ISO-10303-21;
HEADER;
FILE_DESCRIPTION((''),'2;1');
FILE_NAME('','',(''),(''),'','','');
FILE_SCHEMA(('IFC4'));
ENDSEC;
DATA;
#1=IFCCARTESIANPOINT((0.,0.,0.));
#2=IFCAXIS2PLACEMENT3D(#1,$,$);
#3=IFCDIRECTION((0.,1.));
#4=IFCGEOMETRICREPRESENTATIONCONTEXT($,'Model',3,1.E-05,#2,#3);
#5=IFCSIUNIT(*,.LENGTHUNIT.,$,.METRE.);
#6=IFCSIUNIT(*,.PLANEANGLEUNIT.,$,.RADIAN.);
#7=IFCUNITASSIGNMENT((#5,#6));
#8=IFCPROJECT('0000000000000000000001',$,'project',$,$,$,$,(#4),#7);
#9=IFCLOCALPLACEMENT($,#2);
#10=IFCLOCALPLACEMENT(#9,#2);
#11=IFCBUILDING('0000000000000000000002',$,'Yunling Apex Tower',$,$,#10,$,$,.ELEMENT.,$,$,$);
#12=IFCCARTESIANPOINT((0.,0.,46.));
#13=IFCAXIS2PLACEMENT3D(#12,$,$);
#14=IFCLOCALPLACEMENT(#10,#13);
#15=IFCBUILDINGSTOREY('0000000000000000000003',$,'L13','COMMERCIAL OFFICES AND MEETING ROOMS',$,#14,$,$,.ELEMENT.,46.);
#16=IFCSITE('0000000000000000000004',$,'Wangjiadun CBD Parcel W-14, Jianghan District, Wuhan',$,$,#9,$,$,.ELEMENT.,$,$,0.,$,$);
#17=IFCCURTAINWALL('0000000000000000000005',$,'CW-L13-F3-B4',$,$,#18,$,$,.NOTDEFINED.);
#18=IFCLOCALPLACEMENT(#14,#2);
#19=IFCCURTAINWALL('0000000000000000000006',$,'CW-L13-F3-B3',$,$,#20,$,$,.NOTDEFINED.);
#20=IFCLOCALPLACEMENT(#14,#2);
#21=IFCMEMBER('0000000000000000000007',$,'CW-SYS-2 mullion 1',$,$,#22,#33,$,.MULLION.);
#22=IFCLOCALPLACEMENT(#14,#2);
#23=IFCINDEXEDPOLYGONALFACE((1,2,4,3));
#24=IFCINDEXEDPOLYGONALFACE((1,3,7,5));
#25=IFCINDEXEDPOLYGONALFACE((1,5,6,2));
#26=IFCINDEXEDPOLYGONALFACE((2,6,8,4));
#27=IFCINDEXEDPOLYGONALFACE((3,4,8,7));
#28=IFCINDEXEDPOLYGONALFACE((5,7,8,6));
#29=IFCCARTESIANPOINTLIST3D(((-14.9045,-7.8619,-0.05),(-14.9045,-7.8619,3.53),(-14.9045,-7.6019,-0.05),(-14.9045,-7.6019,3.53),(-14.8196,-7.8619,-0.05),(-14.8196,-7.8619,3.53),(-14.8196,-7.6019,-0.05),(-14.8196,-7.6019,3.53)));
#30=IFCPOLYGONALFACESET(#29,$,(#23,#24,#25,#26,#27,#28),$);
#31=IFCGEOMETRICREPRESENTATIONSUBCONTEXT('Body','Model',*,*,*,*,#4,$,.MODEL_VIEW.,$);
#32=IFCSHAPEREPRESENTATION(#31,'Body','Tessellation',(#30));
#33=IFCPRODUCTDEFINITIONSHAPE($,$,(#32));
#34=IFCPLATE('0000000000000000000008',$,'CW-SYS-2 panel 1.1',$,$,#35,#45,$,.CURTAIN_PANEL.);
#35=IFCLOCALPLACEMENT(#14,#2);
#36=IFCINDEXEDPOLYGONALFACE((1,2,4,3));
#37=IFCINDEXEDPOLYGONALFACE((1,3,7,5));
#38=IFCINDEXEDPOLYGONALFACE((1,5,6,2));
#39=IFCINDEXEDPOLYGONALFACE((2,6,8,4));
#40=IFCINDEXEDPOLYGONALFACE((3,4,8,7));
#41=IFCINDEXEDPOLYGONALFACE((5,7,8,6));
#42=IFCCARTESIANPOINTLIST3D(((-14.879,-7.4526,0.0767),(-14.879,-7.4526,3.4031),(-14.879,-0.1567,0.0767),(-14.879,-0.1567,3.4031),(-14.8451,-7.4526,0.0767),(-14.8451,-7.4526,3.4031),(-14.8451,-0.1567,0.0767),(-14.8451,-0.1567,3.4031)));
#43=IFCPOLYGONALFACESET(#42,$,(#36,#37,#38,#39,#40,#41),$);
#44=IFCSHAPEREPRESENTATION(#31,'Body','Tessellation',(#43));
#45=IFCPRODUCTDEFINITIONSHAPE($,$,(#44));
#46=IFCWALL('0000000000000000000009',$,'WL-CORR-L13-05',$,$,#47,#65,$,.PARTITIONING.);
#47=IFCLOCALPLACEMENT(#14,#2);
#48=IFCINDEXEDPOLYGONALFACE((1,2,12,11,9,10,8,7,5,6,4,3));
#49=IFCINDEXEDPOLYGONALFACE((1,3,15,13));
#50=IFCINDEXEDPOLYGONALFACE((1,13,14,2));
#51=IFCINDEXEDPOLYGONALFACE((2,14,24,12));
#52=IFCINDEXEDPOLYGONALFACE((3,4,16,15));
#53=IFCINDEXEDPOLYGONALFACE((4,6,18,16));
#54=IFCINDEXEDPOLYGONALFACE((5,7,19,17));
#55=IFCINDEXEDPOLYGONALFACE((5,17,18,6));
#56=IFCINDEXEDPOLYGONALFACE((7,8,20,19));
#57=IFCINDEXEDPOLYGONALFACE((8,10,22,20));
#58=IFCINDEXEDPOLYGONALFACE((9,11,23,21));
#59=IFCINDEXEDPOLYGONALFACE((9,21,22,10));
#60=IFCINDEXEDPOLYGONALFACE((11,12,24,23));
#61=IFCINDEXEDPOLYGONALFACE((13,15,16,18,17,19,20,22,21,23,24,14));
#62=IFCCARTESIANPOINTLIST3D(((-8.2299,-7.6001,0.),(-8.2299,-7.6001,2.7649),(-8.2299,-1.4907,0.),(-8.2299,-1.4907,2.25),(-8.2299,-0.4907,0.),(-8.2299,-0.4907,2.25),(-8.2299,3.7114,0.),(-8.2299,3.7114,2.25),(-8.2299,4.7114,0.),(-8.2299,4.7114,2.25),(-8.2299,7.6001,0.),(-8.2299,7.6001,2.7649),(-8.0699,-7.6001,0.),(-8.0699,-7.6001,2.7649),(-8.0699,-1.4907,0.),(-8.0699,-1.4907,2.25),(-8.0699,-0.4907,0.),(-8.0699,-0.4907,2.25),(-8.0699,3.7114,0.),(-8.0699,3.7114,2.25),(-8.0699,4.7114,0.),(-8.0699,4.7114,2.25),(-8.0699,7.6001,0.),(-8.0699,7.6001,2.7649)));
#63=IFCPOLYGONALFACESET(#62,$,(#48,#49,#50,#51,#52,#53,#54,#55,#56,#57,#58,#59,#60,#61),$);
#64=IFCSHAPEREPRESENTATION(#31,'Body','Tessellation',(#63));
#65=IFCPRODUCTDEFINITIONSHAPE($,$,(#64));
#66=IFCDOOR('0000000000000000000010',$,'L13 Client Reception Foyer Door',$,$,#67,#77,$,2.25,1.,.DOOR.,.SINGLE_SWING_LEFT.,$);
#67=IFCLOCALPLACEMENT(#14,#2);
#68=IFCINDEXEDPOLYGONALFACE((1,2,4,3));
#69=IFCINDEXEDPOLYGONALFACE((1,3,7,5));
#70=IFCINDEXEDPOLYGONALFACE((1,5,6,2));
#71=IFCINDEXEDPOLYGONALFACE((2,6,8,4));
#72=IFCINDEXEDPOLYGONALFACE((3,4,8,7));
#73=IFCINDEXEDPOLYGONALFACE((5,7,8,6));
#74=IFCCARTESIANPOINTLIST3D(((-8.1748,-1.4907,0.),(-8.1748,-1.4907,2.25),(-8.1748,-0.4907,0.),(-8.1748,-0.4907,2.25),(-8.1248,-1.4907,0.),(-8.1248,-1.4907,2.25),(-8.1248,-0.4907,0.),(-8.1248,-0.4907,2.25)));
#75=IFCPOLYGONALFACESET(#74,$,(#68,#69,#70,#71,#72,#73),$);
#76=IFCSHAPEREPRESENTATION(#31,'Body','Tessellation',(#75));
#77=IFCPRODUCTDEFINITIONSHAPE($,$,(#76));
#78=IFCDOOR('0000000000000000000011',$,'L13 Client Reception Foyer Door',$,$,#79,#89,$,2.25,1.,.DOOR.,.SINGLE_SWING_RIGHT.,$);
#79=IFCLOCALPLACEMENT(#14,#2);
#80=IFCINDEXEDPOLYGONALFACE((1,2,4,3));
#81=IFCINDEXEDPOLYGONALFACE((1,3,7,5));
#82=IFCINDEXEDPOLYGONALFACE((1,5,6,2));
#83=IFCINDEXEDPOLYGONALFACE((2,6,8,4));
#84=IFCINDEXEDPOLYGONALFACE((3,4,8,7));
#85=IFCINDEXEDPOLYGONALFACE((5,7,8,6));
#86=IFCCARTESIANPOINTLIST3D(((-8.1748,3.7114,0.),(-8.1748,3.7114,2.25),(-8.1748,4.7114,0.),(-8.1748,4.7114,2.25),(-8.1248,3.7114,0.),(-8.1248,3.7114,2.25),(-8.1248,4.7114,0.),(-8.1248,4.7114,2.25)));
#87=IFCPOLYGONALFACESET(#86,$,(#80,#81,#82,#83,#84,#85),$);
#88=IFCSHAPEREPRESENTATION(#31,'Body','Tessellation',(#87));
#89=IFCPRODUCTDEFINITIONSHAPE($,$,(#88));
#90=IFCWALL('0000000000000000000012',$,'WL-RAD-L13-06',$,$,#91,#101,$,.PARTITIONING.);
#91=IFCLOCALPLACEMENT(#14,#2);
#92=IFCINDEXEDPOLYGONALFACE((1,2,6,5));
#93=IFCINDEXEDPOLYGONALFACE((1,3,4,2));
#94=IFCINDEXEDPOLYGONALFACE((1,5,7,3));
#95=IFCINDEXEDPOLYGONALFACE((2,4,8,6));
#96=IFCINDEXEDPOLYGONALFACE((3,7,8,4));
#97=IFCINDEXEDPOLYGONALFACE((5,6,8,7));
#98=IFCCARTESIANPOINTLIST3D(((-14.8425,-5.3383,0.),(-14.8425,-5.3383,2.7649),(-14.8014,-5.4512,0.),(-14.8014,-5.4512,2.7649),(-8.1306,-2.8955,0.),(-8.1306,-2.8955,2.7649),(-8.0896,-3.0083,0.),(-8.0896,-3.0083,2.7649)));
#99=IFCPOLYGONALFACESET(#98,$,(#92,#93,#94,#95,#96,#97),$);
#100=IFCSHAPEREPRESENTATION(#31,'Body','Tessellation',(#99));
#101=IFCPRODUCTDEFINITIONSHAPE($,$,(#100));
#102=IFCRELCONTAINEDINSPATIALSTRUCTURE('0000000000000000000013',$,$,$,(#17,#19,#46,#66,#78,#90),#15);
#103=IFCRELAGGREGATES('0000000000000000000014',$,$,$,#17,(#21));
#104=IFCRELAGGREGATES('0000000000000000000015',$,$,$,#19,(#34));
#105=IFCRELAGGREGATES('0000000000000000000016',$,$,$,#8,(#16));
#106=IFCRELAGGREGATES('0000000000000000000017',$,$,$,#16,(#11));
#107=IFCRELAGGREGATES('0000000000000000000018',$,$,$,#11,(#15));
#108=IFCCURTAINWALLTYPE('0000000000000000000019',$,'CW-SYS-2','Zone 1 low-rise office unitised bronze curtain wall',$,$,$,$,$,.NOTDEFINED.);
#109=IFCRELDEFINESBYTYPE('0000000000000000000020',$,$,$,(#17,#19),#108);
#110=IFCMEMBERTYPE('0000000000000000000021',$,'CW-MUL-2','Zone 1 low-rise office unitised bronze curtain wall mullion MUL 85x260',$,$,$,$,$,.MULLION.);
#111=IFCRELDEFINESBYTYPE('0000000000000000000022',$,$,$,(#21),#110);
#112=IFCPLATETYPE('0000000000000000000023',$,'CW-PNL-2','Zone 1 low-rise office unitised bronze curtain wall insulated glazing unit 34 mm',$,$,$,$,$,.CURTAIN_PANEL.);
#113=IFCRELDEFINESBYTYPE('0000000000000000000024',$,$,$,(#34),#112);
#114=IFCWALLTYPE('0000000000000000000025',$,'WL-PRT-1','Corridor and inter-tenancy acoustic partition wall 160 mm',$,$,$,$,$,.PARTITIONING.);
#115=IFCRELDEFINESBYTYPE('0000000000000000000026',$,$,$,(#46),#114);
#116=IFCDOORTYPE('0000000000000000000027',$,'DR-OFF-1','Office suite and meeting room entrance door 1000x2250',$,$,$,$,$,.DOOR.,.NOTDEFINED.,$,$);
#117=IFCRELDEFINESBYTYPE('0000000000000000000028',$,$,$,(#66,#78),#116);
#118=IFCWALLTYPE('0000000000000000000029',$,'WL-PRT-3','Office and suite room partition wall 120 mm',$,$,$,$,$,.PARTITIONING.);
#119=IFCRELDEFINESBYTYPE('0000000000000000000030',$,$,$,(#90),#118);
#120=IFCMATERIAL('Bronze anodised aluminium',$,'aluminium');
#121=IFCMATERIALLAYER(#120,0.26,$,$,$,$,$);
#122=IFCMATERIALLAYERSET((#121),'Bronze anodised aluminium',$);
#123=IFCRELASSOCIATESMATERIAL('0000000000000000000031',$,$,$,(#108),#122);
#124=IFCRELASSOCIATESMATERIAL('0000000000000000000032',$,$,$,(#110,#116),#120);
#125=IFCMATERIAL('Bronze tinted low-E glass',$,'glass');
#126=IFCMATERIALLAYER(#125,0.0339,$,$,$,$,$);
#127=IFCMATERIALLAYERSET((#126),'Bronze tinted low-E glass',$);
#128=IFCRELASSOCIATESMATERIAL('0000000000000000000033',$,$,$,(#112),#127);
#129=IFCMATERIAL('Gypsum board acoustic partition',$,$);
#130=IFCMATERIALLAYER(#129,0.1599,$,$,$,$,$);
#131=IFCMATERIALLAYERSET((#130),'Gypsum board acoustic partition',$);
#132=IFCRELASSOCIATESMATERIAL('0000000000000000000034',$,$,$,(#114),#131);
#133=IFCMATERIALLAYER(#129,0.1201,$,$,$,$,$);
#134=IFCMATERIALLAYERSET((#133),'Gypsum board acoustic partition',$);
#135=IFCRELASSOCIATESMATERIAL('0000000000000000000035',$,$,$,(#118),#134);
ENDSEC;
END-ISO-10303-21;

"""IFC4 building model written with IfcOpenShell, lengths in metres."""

from ifc_helpers import new_model, si_unit, direction, frame, frame_2d, origin, origin_2d, place, context, subcontext, project, spatial, rectangle, extrude, source, transform, mapped, material, layer, layer_set, material_profile, profile_set, type_object, element, fill, aggregate, save


model = new_model("IFC4")

# Units and contexts
model_context = context("Model", 3, precision=1e-05, world=origin(), true_north=direction((0.0, 1.0)))
body_context = subcontext(model_context, "Body", "Model", "MODEL_VIEW")
ifc_project = project(units=[si_unit("LENGTHUNIT", "METRE"), si_unit("PLANEANGLEUNIT", "RADIAN")], contexts=[model_context])

# Site, building, storey
site_placement = place(None, origin())
site = spatial("IfcSite", under=ifc_project, at=site_placement, Name="Wangjiadun CBD Parcel W-14, Jianghan District, Wuhan", CompositionType="ELEMENT", RefElevation=0.0)
building_placement = place(site_placement, origin())
building = spatial("IfcBuilding", under=site, at=building_placement, Name="Yunling Apex Tower", CompositionType="ELEMENT")
storey_placement = place(building_placement, frame((0.0, 0.0, 46.0)))
storey = spatial("IfcBuildingStorey", under=building, at=storey_placement, Name="L13", Description="COMMERCIAL OFFICES AND MEETING ROOMS", CompositionType="ELEMENT", Elevation=46.0)

# Curtain wall
ifc_material_1 = material(Name="Bronze anodised aluminium", Category="aluminium")
ifc_layer_1 = layer(ifc_material_1, 0.26)
ifc_layer_set_1 = layer_set([ifc_layer_1], Name="Bronze anodised aluminium")
curtain_wall_type = type_object("IfcCurtainWallType", Name="CW-SYS-2", Description="Zone 1 low-rise office unitised bronze curtain wall", PredefinedType="NOTDEFINED", material=ifc_layer_set_1)
curtain_wall_1_placement = place(storey_placement, origin())
curtain_wall_1 = element("IfcCurtainWall", 1, at=curtain_wall_1_placement, inside=storey, type_object=curtain_wall_type, Name="CW-L13-F3-B4", PredefinedType="NOTDEFINED")

# Curtain wall
curtain_wall_2_placement = place(storey_placement, origin())
curtain_wall_2 = element("IfcCurtainWall", 2, at=curtain_wall_2_placement, inside=storey, type_object=curtain_wall_type, Name="CW-L13-F3-B3", PredefinedType="NOTDEFINED")
ifc_material_profile_1 = material_profile(ifc_material_1, rectangle(XDim=0.085, YDim=0.26, at=origin_2d()))
ifc_profile_set_1 = profile_set([ifc_material_profile_1], Name="Bronze anodised aluminium")
member_type_1 = type_object("IfcMemberType", Name="CW-MUL-2", Description="Zone 1 low-rise office unitised bronze curtain wall mullion MUL 85x260", PredefinedType="MULLION", material=ifc_profile_set_1)
shared_shape_1 = source(origin(), body_context, "Body", "SweptSolid", [
    extrude(rectangle(XDim=0.085, YDim=0.26, at=origin_2d()), origin(), (0.0, 0.0, 1.0), 3.5801),
])

# Member
member_1_placement = place(storey_placement, frame((-14.8621, -7.7319, -0.05), z_axis=(0.0, 0.0, 1.0), x_axis=(1.0, 0.0, 0.0)))
member_1 = element("IfcMember", 3, at=member_1_placement, type_object=member_type_1, Name="CW-SYS-2 mullion 1", PredefinedType="MULLION", context=body_context, shape_type="MappedRepresentation", body=[
    mapped(shared_shape_1, transform((0.0, 0.0, 0.0), scale=1.0)),
])
aggregate(curtain_wall_1, [member_1])

# Plate
ifc_material_2 = material(Name="Bronze tinted low-E glass", Category="glass")
ifc_layer_2 = layer(ifc_material_2, 0.0339)
ifc_layer_set_2 = layer_set([ifc_layer_2], Name="Bronze tinted low-E glass")
plate_type = type_object("IfcPlateType", Name="CW-PNL-2", Description="Zone 1 low-rise office unitised bronze curtain wall insulated glazing unit 34 mm", PredefinedType="CURTAIN_PANEL", material=ifc_layer_set_2)
shared_shape_2 = source(origin(), body_context, "Body", "SweptSolid", [
    extrude(rectangle(XDim=7.2959, YDim=0.0339, at=origin_2d()), origin(), (0.0, 0.0, 1.0), 3.3264),
])
plate_placement = place(storey_placement, frame((-14.8621, -3.8047, 0.0767), z_axis=(0.0, 0.0, 1.0), x_axis=(0.0, -1.0, 0.0)))
plate = element("IfcPlate", 4, at=plate_placement, type_object=plate_type, Name="CW-SYS-2 panel 1.1", PredefinedType="CURTAIN_PANEL", context=body_context, shape_type="MappedRepresentation", body=[
    mapped(shared_shape_2, transform((0.0, 0.0, 0.0), scale=1.0)),
])
aggregate(curtain_wall_2, [plate])

# Wall, openings, doors
ifc_material_3 = material(Name="Gypsum board acoustic partition")
ifc_layer_3 = layer(ifc_material_3, 0.1599)
ifc_layer_set_3 = layer_set([ifc_layer_3], Name="Gypsum board acoustic partition")
wall_type_1 = type_object("IfcWallType", Name="WL-PRT-1", Description="Corridor and inter-tenancy acoustic partition wall 160 mm", PredefinedType="PARTITIONING", material=ifc_layer_set_3)
wall_1_placement = place(storey_placement, frame((-8.1499, -7.6001, 0.0), z_axis=(0.0, 0.0, 1.0), x_axis=(0.0, 1.0, 0.0)))
wall_1 = element("IfcWall", 5, at=wall_1_placement, inside=storey, type_object=wall_type_1, Name="WL-CORR-L13-05", PredefinedType="PARTITIONING", context=body_context, shape_type="SweptSolid", body=[
    extrude(rectangle(XDim=15.2002, YDim=0.1599, at=frame_2d((7.6001, 0.0))), origin(), (0.0, 0.0, 1.0), 2.7649),
])
opening_1_placement = place(wall_1_placement, frame((6.1094, 0.0, 0.0)))
opening_1 = element("IfcOpeningElement", 6, at=opening_1_placement, cuts=wall_1, PredefinedType="OPENING", context=body_context, shape_type="SweptSolid", body=[
    extrude(rectangle(XDim=1.0, YDim=2.25, at=frame_2d((0.5, 1.125))), frame((0.0, 0.0898, 0.0), z_axis=(0.0, -1.0, 0.0), x_axis=(1.0, 0.0, 0.0)), (0.0, 0.0, 1.0), 0.1799),
])
opening_2_placement = place(wall_1_placement, frame((11.3115, 0.0, 0.0)))
opening_2 = element("IfcOpeningElement", 7, at=opening_2_placement, cuts=wall_1, PredefinedType="OPENING", context=body_context, shape_type="SweptSolid", body=[
    extrude(rectangle(XDim=1.0, YDim=2.25, at=frame_2d((0.5, 1.125))), frame((0.0, 0.0898, 0.0), z_axis=(0.0, -1.0, 0.0), x_axis=(1.0, 0.0, 0.0)), (0.0, 0.0, 1.0), 0.1799),
])
door_type = type_object("IfcDoorType", Name="DR-OFF-1", Description="Office suite and meeting room entrance door 1000x2250", OperationType="NOTDEFINED", PredefinedType="DOOR", material=ifc_material_1)
door_1_placement = place(opening_1_placement, origin())
door_1 = element("IfcDoor", 8, at=door_1_placement, inside=storey, type_object=door_type, Name="L13 Client Reception Foyer Door", OperationType="SINGLE_SWING_LEFT", OverallHeight=2.25, OverallWidth=1.0, PredefinedType="DOOR", context=body_context, shape_type="SweptSolid", body=[
    extrude(rectangle(XDim=1.0, YDim=2.25, at=frame_2d((0.5, 1.125))), frame((0.0, 0.0249, 0.0), z_axis=(0.0, -1.0, 0.0), x_axis=(1.0, 0.0, 0.0)), (0.0, 0.0, 1.0), 0.05),
])
fill(opening_1, door_1)
door_2_placement = place(opening_2_placement, origin())
door_2 = element("IfcDoor", 9, at=door_2_placement, inside=storey, type_object=door_type, Name="L13 Client Reception Foyer Door", OperationType="SINGLE_SWING_RIGHT", OverallHeight=2.25, OverallWidth=1.0, PredefinedType="DOOR", context=body_context, shape_type="SweptSolid", body=[
    extrude(rectangle(XDim=1.0, YDim=2.25, at=frame_2d((0.5, 1.125))), frame((0.0, 0.0249, 0.0), z_axis=(0.0, -1.0, 0.0), x_axis=(1.0, 0.0, 0.0)), (0.0, 0.0, 1.0), 0.05),
])
fill(opening_2, door_2)

# Wall
ifc_layer_4 = layer(ifc_material_3, 0.1201)
ifc_layer_set_4 = layer_set([ifc_layer_4], Name="Gypsum board acoustic partition")
wall_type_2 = type_object("IfcWallType", Name="WL-PRT-3", Description="Office and suite room partition wall 120 mm", PredefinedType="PARTITIONING", material=ifc_layer_set_4)
wall_2_placement = place(storey_placement, frame((-8.1101, -2.9519, 0.0), z_axis=(0.0, 0.0, 1.0), x_axis=(-0.939696, -0.342012, 0.0)))
element("IfcWall", 10, at=wall_2_placement, inside=storey, type_object=wall_type_2, Name="WL-RAD-L13-06", PredefinedType="PARTITIONING", context=body_context, shape_type="SweptSolid", body=[
    extrude(rectangle(XDim=7.1426, YDim=0.1201, at=frame_2d((3.5713, 0.0))), origin(), (0.0, 0.0, 1.0), 2.7649),
])

save(model, "model.ifc")
